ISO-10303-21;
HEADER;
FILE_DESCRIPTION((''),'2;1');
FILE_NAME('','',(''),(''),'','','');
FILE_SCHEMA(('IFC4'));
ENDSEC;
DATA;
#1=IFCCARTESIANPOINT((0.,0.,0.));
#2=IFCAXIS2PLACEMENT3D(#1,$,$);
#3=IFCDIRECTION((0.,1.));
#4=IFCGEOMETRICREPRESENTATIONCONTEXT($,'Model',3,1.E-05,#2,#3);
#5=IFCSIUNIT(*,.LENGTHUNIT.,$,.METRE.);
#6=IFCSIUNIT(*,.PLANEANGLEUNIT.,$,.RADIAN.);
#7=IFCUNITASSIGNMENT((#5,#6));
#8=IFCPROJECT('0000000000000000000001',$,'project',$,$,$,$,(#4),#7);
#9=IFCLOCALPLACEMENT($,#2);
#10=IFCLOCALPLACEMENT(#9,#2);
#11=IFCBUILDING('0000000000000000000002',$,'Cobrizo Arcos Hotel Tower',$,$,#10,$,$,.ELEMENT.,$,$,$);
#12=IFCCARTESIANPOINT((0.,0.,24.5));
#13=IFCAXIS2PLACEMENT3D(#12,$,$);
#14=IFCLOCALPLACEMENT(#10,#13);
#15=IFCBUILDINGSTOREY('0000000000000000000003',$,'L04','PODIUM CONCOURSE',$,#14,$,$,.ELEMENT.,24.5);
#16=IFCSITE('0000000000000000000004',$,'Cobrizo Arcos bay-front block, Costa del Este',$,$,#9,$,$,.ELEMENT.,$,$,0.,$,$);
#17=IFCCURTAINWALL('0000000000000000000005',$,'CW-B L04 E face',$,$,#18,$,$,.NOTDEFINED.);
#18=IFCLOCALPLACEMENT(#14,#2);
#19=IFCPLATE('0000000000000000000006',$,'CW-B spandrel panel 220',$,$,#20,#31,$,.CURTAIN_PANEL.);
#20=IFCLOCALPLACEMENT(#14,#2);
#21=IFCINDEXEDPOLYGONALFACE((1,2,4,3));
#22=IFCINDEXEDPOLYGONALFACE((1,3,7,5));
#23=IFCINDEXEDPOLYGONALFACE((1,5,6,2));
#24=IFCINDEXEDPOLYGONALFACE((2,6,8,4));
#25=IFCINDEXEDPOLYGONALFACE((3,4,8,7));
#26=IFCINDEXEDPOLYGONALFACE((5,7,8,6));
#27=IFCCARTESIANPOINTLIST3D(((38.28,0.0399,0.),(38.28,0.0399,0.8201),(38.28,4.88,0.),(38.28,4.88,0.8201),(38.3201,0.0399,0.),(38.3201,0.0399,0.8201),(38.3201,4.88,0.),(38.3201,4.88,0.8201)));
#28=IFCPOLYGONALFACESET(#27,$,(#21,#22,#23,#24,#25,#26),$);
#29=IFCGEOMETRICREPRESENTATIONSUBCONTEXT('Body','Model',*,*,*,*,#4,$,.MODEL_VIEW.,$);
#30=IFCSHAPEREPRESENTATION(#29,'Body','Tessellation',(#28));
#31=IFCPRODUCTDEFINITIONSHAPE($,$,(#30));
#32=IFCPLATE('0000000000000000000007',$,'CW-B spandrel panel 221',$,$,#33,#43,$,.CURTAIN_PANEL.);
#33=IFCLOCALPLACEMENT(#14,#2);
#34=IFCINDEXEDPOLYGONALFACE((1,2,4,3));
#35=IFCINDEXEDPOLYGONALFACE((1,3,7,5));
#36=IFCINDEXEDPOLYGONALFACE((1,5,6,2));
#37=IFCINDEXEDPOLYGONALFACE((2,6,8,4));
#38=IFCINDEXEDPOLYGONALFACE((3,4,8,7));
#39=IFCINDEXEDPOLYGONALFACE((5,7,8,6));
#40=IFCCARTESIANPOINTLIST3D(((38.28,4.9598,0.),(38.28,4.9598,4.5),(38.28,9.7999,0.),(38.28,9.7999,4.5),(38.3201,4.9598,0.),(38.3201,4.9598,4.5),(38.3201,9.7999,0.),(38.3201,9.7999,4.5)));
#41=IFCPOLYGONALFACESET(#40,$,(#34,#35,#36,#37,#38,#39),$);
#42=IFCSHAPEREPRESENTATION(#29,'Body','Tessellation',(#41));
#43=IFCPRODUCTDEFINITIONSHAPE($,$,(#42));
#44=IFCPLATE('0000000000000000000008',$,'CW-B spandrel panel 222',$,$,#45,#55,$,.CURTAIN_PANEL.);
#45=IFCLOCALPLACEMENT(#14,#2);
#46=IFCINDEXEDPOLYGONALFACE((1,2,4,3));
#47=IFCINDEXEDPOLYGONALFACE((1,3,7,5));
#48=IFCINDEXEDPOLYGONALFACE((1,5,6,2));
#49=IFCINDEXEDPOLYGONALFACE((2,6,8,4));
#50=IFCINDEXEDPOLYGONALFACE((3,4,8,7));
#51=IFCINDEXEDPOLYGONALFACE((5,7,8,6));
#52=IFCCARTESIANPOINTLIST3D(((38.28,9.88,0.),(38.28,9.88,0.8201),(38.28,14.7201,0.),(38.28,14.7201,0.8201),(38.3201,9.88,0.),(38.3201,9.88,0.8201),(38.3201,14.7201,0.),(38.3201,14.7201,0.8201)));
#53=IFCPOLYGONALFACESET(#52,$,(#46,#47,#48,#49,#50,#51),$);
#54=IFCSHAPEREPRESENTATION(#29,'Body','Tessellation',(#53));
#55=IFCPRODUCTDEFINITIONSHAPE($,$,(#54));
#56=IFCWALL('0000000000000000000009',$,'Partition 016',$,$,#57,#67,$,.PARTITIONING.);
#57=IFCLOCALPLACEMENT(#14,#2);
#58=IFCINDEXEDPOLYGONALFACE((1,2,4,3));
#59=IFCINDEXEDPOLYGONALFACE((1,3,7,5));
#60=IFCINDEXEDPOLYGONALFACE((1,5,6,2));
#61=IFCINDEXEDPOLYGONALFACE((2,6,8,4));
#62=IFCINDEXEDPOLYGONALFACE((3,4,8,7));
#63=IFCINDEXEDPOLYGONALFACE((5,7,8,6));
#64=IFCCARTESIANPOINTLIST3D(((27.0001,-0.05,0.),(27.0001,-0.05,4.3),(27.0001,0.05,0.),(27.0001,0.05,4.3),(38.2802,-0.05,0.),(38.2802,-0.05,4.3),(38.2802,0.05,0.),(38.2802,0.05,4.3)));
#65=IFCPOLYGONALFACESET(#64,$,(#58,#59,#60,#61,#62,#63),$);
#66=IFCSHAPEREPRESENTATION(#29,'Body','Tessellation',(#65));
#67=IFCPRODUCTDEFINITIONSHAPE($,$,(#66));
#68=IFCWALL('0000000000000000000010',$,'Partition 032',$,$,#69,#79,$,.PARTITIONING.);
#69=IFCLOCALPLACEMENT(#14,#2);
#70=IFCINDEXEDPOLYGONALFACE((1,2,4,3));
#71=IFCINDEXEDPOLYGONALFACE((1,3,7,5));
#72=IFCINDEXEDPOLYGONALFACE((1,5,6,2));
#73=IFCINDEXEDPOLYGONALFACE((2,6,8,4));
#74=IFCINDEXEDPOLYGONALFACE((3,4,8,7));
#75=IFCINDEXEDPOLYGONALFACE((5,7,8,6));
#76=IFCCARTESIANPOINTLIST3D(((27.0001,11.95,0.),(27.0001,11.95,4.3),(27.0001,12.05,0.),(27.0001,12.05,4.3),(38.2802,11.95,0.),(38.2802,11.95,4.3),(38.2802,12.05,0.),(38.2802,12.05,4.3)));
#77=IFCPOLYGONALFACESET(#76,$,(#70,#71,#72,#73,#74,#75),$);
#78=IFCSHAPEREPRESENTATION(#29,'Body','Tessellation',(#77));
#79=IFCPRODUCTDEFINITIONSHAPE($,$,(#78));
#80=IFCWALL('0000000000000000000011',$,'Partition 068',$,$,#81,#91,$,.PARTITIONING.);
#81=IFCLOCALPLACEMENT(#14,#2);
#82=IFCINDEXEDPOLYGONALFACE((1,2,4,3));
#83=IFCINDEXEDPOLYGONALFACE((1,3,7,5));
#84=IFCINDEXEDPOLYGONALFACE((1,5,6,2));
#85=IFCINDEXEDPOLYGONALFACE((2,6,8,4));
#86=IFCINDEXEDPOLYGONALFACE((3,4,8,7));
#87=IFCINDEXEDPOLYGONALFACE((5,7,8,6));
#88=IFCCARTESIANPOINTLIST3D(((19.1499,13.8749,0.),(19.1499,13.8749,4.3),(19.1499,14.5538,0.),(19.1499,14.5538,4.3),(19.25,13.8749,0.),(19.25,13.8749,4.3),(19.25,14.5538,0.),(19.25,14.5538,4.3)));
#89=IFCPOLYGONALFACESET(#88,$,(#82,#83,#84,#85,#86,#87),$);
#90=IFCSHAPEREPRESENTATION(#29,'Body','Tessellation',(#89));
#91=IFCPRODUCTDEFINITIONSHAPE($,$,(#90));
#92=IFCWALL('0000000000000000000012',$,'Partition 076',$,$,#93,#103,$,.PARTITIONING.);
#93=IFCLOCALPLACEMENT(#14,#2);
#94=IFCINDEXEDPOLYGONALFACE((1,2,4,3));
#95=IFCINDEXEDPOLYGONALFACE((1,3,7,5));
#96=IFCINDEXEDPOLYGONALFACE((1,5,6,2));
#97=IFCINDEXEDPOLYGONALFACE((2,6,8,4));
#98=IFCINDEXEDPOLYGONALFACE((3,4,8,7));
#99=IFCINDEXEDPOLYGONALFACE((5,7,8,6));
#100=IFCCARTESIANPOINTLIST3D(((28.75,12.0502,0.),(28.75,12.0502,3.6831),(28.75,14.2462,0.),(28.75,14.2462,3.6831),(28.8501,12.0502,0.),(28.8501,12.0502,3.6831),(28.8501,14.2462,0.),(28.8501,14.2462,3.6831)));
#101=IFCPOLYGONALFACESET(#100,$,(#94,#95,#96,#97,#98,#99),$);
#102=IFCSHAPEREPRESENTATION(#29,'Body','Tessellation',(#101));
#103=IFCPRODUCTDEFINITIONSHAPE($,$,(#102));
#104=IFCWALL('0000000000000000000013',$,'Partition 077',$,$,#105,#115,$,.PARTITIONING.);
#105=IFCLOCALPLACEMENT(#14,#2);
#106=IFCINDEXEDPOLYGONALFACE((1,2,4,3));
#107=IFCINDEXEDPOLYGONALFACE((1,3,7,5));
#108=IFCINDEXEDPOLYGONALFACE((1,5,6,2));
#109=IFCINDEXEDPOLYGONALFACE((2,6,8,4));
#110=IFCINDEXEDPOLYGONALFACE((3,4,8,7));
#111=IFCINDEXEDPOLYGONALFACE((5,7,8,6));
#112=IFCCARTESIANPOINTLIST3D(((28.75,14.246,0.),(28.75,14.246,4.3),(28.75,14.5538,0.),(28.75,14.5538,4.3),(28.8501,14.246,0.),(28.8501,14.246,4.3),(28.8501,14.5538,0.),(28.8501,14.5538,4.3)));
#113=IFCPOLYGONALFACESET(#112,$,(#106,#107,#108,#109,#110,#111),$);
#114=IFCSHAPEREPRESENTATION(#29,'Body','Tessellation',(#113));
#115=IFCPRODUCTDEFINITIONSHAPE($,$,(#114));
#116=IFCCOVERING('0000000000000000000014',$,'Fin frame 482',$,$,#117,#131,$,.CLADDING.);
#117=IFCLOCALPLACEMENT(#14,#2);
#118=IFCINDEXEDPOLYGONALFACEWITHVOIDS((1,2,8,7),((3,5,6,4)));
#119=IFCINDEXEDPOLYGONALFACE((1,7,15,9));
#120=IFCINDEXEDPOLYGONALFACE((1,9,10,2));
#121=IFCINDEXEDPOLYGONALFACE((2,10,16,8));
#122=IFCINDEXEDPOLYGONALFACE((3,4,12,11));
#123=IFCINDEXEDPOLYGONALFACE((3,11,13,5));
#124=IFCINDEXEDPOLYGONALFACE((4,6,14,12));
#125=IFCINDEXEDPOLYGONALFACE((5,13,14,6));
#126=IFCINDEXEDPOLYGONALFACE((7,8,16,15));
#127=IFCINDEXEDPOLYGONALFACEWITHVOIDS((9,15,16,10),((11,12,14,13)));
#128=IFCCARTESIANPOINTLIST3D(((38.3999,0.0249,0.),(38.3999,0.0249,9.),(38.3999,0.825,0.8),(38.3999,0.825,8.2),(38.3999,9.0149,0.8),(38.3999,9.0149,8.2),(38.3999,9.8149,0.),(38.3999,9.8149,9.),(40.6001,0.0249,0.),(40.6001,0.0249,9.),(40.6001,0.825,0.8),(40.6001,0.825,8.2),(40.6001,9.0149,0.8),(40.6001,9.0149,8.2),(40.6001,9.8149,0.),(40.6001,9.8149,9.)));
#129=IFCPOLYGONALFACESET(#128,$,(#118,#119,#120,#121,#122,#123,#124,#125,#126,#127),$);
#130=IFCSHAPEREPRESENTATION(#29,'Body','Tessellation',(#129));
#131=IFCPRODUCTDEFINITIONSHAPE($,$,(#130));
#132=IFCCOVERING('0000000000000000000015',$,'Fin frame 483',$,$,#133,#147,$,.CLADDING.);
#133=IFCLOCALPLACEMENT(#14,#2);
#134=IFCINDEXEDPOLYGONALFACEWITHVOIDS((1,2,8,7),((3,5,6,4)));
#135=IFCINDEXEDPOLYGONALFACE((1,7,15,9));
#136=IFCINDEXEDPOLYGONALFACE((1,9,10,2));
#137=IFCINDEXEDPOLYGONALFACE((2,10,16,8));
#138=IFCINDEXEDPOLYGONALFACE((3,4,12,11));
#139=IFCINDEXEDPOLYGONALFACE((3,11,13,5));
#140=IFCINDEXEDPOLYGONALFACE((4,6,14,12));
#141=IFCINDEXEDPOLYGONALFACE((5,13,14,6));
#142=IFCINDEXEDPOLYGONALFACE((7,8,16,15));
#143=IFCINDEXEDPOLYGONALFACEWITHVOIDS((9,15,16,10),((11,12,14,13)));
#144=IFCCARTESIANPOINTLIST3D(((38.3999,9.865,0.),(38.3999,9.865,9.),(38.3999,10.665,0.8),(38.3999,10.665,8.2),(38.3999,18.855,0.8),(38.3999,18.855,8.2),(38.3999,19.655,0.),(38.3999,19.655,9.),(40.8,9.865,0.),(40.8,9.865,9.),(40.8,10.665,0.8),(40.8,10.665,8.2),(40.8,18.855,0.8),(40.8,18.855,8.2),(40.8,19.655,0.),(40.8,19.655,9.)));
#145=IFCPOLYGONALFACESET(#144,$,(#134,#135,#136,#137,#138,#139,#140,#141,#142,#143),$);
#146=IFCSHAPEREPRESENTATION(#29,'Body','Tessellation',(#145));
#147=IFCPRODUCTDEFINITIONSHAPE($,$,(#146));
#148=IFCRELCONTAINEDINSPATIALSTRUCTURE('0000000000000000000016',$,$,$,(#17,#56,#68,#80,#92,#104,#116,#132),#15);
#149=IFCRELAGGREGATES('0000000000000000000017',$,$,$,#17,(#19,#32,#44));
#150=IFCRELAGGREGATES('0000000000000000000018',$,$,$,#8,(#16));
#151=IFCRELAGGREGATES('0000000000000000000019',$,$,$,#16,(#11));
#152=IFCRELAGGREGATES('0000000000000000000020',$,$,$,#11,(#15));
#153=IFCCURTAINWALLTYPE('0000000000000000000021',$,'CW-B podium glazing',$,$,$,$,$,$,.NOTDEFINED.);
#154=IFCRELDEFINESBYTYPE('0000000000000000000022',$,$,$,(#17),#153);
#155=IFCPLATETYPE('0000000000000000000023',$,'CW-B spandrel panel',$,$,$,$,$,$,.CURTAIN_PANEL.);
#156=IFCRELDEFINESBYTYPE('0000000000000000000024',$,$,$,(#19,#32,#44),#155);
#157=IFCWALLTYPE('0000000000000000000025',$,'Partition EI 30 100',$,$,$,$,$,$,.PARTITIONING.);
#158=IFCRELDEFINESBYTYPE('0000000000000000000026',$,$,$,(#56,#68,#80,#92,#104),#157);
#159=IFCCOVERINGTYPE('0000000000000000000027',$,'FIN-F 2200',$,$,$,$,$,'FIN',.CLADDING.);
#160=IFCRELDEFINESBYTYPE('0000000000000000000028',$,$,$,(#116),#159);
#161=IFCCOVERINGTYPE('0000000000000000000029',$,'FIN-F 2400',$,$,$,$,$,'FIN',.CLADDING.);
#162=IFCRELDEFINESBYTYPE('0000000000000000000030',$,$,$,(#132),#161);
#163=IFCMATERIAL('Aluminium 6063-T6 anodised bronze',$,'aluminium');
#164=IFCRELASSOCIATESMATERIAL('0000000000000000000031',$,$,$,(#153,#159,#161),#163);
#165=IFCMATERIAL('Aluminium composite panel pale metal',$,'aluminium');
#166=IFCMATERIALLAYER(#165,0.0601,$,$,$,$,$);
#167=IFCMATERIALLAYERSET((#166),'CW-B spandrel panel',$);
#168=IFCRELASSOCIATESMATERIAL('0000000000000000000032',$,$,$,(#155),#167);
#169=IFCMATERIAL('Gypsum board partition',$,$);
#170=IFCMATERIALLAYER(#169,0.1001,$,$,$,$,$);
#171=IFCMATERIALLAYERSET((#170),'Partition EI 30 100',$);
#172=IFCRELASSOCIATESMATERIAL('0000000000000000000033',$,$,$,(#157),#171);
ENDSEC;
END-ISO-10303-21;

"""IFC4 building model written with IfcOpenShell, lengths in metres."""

from ifc_helpers import new_model, si_unit, direction, frame, frame_2d, origin, origin_2d, place, context, subcontext, project, spatial, polyline, rectangle, outline, extrude, material, layer, layer_set, type_object, element, aggregate, save


model = new_model("IFC4")

# Units and contexts
model_context = context("Model", 3, precision=1e-05, world=origin(), true_north=direction((0.0, 1.0)))
body_context = subcontext(model_context, "Body", "Model", "MODEL_VIEW")
ifc_project = project(units=[si_unit("LENGTHUNIT", "METRE"), si_unit("PLANEANGLEUNIT", "RADIAN")], contexts=[model_context])

# Site, building, storey
site_placement = place(None, origin())
site = spatial("IfcSite", under=ifc_project, at=site_placement, Name="Cobrizo Arcos bay-front block, Costa del Este", CompositionType="ELEMENT", RefElevation=0.0)
building_placement = place(site_placement, origin())
building = spatial("IfcBuilding", under=site, at=building_placement, Name="Cobrizo Arcos Hotel Tower", CompositionType="ELEMENT")
storey_placement = place(building_placement, frame((0.0, 0.0, 24.5)))
storey = spatial("IfcBuildingStorey", under=building, at=storey_placement, Name="L04", Description="PODIUM CONCOURSE", CompositionType="ELEMENT", Elevation=24.5)

# Curtain wall
ifc_material_1 = material(Name="Aluminium 6063-T6 anodised bronze", Category="aluminium")
curtain_wall_type = type_object("IfcCurtainWallType", Name="CW-B podium glazing", PredefinedType="NOTDEFINED", material=ifc_material_1)
curtain_wall_placement = place(storey_placement, origin())
curtain_wall = element("IfcCurtainWall", 1, at=curtain_wall_placement, inside=storey, type_object=curtain_wall_type, Name="CW-B L04 E face", PredefinedType="NOTDEFINED")

# Plates
ifc_material_2 = material(Name="Aluminium composite panel pale metal", Category="aluminium")
ifc_layer_1 = layer(ifc_material_2, 0.0601)
ifc_layer_set_1 = layer_set([ifc_layer_1], Name="CW-B spandrel panel")
plate_type_1 = type_object("IfcPlateType", Name="CW-B spandrel panel", PredefinedType="CURTAIN_PANEL", material=ifc_layer_set_1)
plate_1_placement = place(storey_placement, frame((38.3, 2.46, 0.0), z_axis=(0.0, 0.0, 1.0), x_axis=(0.0, 1.0, 0.0)))
plate_1 = element("IfcPlate", 2, at=plate_1_placement, type_object=plate_type_1, Name="CW-B spandrel panel 220", PredefinedType="CURTAIN_PANEL", context=body_context, shape_type="SweptSolid", body=[
    extrude(rectangle(XDim=4.8401, YDim=0.04, at=origin_2d()), origin(), (0.0, 0.0, 1.0), 0.8201),
])
plate_2_placement = place(storey_placement, frame((38.3, 7.3799, 0.0), z_axis=(0.0, 0.0, 1.0), x_axis=(0.0, 1.0, 0.0)))
plate_2 = element("IfcPlate", 3, at=plate_2_placement, type_object=plate_type_1, Name="CW-B spandrel panel 221", PredefinedType="CURTAIN_PANEL", context=body_context, shape_type="SweptSolid", body=[
    extrude(rectangle(XDim=4.8401, YDim=0.04, at=origin_2d()), origin(), (0.0, 0.0, 1.0), 4.5),
])
plate_3_placement = place(storey_placement, frame((38.3, 12.3, 0.0), z_axis=(0.0, 0.0, 1.0), x_axis=(0.0, 1.0, 0.0)))
plate_3 = element("IfcPlate", 4, at=plate_3_placement, type_object=plate_type_1, Name="CW-B spandrel panel 222", PredefinedType="CURTAIN_PANEL", context=body_context, shape_type="SweptSolid", body=[
    extrude(rectangle(XDim=4.8401, YDim=0.04, at=origin_2d()), origin(), (0.0, 0.0, 1.0), 0.8201),
])
aggregate(curtain_wall, [plate_1, plate_2, plate_3])

# Walls
ifc_material_3 = material(Name="Gypsum board partition")
ifc_layer_2 = layer(ifc_material_3, 0.1001)
ifc_layer_set_2 = layer_set([ifc_layer_2], Name="Partition EI 30 100")
wall_type = type_object("IfcWallType", Name="Partition EI 30 100", PredefinedType="PARTITIONING", material=ifc_layer_set_2)
for number, where, z_axis, x_axis, name in (
    (5, (27.0, 0.0, 0.0), (0.0, 0.0, 1.0), (1.0, 0.0, 0.0), "Partition 016"),
    (6, (27.0, 12.0, 0.0), (0.0, 0.0, 1.0), (1.0, 0.0, 0.0), "Partition 032"),
):
    element("IfcWall", number, at=place(storey_placement, frame(where, z_axis=z_axis, x_axis=x_axis)), inside=storey, type_object=wall_type, Name=name, PredefinedType="PARTITIONING", context=body_context, shape_type="SweptSolid", body=[
        extrude(rectangle(XDim=11.28, YDim=0.1001, at=frame_2d((5.6401, 0.0))), origin(), (0.0, 0.0, 1.0), 4.3),
    ])
wall_1_placement = place(storey_placement, frame((19.2, 13.875, 0.0), z_axis=(0.0, 0.0, 1.0), x_axis=(0.0, 1.0, 0.0)))
element("IfcWall", 7, at=wall_1_placement, inside=storey, type_object=wall_type, Name="Partition 068", PredefinedType="PARTITIONING", context=body_context, shape_type="SweptSolid", body=[
    extrude(rectangle(XDim=0.679, YDim=0.1001, at=frame_2d((0.3394, 0.0))), origin(), (0.0, 0.0, 1.0), 4.3),
])
wall_2_placement = place(storey_placement, frame((28.8, 12.05, 0.0), z_axis=(0.0, 0.0, 1.0), x_axis=(0.0, 1.0, 0.0)))
element("IfcWall", 8, at=wall_2_placement, inside=storey, type_object=wall_type, Name="Partition 076", PredefinedType="PARTITIONING", context=body_context, shape_type="SweptSolid", body=[
    extrude(rectangle(XDim=2.196, YDim=0.1001, at=frame_2d((1.0981, 0.0))), origin(), (0.0, 0.0, 1.0), 3.6831),
])
wall_3_placement = place(storey_placement, frame((28.8, 14.2461, 0.0), z_axis=(0.0, 0.0, 1.0), x_axis=(0.0, 1.0, 0.0)))
element("IfcWall", 9, at=wall_3_placement, inside=storey, type_object=wall_type, Name="Partition 077", PredefinedType="PARTITIONING", context=body_context, shape_type="SweptSolid", body=[
    extrude(rectangle(XDim=0.3079, YDim=0.1001, at=frame_2d((0.1538, 0.0))), origin(), (0.0, 0.0, 1.0), 4.3),
])

# Coverings
covering_type_1 = type_object("IfcCoveringType", Name="FIN-F 2200", ElementType="FIN", PredefinedType="CLADDING", material=ifc_material_1)
covering_1_placement = place(storey_placement, frame((38.3999, 0.0249, 0.0), z_axis=(1.0, 0.0, 0.0), x_axis=(0.0, 1.0, 0.0)))
element("IfcCovering", 10, at=covering_1_placement, inside=storey, type_object=covering_type_1, Name="Fin frame 482", PredefinedType="CLADDING", context=body_context, shape_type="SweptSolid", body=[
    extrude(outline(polyline([(0.0, 9.0), (0.0, 0.0), (9.79, 0.0), (9.79, 9.0), (0.0, 9.0)]), holes=[polyline([(8.99, 0.8), (0.8, 0.8), (0.8, 8.2), (8.99, 8.2), (8.99, 0.8)])]), origin(), (0.0, 0.0, 1.0), 2.2002),
])
covering_type_2 = type_object("IfcCoveringType", Name="FIN-F 2400", ElementType="FIN", PredefinedType="CLADDING", material=ifc_material_1)
covering_2_placement = place(storey_placement, frame((38.3999, 9.865, 0.0), z_axis=(1.0, 0.0, 0.0), x_axis=(0.0, 1.0, 0.0)))
element("IfcCovering", 11, at=covering_2_placement, inside=storey, type_object=covering_type_2, Name="Fin frame 483", PredefinedType="CLADDING", context=body_context, shape_type="SweptSolid", body=[
    extrude(outline(polyline([(0.0, 9.0), (0.0, 0.0), (9.79, 0.0), (9.79, 9.0), (0.0, 9.0)]), holes=[polyline([(8.99, 0.8), (0.8, 0.8), (0.8, 8.2), (8.99, 8.2), (8.99, 0.8)])]), origin(), (0.0, 0.0, 1.0), 2.4001),
])

save(model, "model.ifc")
